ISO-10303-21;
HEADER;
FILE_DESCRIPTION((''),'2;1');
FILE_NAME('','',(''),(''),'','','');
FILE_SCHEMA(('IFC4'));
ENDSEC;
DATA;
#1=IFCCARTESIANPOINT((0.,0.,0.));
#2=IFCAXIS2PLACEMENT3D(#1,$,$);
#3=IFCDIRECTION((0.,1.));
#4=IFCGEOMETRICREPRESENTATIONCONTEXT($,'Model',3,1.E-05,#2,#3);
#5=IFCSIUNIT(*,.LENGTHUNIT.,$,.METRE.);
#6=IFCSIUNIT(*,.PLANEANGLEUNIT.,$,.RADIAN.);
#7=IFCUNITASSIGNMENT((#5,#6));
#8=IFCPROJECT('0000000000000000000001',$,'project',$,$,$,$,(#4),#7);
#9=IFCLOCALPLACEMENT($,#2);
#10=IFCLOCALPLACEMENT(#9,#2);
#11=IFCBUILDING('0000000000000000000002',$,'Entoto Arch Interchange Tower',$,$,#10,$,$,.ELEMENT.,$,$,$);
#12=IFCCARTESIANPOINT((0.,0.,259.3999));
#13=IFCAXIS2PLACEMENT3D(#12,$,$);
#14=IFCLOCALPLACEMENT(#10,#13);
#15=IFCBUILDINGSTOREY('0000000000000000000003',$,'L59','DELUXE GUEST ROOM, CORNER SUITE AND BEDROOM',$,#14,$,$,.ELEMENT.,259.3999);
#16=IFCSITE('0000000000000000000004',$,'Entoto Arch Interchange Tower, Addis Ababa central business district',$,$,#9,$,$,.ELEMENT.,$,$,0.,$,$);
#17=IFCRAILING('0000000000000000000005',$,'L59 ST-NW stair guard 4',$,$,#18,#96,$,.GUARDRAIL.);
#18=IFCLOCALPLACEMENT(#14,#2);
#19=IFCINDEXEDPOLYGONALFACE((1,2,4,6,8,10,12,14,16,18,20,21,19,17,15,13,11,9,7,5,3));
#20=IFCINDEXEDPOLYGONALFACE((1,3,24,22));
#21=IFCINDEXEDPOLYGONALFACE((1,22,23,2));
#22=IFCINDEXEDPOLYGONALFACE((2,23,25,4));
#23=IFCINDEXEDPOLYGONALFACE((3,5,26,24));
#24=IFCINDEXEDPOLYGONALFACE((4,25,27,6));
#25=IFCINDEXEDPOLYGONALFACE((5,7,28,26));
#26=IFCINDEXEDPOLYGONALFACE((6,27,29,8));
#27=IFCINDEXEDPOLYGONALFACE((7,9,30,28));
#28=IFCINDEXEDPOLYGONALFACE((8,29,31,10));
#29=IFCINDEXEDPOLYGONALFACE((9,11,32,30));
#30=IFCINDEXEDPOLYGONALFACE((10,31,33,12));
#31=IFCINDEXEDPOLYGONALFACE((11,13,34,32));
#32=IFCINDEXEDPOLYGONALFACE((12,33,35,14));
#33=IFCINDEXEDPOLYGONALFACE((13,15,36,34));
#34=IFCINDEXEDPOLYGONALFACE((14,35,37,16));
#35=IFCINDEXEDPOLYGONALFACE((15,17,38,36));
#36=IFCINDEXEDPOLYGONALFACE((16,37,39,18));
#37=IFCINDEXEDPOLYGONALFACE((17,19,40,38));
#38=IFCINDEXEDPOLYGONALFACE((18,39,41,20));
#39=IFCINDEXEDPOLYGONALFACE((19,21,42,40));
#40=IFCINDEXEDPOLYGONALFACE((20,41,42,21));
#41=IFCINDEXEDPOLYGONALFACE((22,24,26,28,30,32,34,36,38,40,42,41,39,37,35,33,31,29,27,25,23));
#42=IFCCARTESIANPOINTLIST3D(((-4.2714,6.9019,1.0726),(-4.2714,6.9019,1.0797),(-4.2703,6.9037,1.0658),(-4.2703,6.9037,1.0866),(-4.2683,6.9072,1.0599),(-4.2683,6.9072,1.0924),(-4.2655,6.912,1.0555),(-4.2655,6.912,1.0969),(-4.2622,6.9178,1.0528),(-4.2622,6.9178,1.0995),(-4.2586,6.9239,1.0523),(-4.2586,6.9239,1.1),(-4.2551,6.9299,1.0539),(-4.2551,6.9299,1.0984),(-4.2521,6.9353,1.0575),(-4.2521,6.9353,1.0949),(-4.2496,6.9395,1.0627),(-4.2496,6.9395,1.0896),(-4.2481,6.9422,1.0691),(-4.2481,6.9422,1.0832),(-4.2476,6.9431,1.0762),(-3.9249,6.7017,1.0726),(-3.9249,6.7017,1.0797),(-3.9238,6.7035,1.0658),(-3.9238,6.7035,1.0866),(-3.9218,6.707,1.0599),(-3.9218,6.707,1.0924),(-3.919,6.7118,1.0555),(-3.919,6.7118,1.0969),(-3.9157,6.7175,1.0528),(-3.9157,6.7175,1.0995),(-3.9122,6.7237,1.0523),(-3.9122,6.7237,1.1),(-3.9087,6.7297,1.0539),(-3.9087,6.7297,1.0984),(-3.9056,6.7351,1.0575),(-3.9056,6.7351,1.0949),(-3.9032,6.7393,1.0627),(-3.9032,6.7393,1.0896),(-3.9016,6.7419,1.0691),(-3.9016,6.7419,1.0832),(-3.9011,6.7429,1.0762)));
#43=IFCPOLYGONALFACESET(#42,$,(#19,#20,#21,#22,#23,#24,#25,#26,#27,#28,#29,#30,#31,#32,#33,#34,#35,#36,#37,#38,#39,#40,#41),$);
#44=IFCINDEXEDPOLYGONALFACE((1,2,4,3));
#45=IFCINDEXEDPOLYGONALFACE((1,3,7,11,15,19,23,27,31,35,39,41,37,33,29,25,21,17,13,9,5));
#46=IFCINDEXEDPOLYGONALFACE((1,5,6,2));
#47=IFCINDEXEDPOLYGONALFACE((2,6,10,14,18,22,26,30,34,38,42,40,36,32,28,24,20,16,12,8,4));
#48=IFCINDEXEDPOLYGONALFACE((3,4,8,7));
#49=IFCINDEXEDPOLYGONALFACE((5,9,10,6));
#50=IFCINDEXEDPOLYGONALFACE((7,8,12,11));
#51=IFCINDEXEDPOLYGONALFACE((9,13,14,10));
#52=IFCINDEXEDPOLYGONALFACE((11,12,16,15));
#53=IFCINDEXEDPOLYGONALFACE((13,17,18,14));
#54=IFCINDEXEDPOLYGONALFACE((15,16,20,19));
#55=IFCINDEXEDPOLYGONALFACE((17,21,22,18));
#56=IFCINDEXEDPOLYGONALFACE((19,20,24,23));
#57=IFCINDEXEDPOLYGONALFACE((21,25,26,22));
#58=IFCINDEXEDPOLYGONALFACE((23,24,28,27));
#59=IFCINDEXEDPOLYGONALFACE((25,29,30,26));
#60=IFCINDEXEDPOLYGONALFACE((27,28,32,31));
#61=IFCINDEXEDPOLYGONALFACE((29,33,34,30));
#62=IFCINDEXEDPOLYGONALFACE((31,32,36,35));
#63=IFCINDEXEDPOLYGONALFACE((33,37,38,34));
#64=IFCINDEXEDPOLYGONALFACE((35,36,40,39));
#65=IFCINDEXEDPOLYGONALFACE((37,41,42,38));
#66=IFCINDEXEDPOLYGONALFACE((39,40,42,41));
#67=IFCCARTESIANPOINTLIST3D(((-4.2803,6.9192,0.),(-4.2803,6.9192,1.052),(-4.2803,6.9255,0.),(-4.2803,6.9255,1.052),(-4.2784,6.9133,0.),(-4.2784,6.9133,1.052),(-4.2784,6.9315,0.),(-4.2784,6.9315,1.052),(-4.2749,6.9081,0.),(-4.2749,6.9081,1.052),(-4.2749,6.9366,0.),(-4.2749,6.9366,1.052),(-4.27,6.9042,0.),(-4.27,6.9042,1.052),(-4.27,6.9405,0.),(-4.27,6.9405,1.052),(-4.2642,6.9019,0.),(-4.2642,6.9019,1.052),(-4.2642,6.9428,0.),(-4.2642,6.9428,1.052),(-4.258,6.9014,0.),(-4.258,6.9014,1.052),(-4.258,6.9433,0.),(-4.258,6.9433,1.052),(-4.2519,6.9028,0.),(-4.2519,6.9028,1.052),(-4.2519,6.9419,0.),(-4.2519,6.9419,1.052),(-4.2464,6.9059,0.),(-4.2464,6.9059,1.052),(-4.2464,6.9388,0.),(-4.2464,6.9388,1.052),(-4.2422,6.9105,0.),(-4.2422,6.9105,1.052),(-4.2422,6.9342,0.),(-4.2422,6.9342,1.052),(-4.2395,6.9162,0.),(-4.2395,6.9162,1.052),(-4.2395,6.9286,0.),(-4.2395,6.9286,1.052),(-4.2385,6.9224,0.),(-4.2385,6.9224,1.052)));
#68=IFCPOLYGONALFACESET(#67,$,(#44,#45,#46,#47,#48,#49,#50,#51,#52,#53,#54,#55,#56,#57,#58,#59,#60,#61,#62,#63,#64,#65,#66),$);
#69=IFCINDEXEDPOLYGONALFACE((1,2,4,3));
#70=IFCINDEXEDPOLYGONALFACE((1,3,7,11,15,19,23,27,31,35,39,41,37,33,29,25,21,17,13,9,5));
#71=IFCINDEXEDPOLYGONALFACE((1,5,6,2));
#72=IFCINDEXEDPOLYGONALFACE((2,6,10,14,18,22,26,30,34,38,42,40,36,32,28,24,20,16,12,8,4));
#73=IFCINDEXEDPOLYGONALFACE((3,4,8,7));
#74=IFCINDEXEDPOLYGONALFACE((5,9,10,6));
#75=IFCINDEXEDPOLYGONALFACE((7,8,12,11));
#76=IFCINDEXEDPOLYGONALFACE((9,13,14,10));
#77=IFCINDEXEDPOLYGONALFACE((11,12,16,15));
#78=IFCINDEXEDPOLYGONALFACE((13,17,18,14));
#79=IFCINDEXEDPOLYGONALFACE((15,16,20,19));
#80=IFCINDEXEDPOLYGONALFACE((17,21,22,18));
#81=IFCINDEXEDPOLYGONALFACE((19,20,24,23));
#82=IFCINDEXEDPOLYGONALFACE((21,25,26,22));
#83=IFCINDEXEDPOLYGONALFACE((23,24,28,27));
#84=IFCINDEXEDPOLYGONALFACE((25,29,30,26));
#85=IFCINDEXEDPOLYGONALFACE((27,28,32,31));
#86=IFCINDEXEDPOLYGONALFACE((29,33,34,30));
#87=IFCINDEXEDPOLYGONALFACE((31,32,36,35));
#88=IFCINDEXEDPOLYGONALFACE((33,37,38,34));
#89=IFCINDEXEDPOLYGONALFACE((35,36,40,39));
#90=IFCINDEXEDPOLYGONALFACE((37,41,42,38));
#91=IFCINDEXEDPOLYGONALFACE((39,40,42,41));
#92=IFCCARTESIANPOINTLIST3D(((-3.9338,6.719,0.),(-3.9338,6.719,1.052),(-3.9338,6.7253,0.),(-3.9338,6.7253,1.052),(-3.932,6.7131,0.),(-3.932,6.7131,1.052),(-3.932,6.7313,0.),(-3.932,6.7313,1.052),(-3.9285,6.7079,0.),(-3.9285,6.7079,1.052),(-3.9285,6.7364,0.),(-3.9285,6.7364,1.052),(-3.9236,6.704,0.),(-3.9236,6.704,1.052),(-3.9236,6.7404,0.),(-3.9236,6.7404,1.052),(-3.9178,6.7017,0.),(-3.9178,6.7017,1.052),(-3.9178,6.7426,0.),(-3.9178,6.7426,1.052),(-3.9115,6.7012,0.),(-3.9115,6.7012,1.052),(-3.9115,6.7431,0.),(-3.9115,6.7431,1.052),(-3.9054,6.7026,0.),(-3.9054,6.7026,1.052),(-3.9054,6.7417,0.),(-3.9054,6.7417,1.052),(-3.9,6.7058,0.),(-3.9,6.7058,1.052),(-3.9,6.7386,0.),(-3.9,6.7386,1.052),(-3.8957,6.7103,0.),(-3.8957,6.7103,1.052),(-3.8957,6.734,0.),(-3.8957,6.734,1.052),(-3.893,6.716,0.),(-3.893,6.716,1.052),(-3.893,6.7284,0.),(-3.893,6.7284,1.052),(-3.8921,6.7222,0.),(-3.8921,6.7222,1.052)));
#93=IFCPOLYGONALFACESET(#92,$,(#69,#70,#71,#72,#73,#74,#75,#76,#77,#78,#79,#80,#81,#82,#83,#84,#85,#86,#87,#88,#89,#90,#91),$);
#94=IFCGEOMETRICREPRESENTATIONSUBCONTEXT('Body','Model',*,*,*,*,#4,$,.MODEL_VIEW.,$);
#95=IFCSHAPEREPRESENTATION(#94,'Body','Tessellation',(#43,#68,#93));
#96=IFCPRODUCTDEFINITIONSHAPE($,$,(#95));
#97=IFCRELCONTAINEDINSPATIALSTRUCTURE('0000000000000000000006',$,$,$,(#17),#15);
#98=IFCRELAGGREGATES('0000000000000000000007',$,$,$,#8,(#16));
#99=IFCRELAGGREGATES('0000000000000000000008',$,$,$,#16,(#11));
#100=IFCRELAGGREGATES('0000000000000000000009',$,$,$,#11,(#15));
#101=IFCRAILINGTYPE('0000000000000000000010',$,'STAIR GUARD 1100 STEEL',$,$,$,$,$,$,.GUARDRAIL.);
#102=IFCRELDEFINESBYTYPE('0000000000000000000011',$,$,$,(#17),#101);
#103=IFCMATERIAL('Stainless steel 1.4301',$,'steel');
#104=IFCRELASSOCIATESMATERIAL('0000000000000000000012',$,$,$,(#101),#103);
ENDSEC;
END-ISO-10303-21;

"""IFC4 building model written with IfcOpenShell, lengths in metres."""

from ifc_helpers import new_model, si_unit, direction, frame, origin, origin_2d, place, context, subcontext, project, spatial, circle, extrude, material, type_object, element, save


model = new_model("IFC4")

# Units and contexts
model_context = context("Model", 3, precision=1e-05, world=origin(), true_north=direction((0.0, 1.0)))
body_context = subcontext(model_context, "Body", "Model", "MODEL_VIEW")
ifc_project = project(units=[si_unit("LENGTHUNIT", "METRE"), si_unit("PLANEANGLEUNIT", "RADIAN")], contexts=[model_context])

# Site, building, storey
site_placement = place(None, origin())
site = spatial("IfcSite", under=ifc_project, at=site_placement, Name="Entoto Arch Interchange Tower, Addis Ababa central business district", CompositionType="ELEMENT", RefElevation=0.0)
building_placement = place(site_placement, origin())
building = spatial("IfcBuilding", under=site, at=building_placement, Name="Entoto Arch Interchange Tower", CompositionType="ELEMENT")
storey_placement = place(building_placement, frame((0.0, 0.0, 259.3999)))
storey = spatial("IfcBuildingStorey", under=building, at=storey_placement, Name="L59", Description="DELUXE GUEST ROOM, CORNER SUITE AND BEDROOM", CompositionType="ELEMENT", Elevation=259.3999)

# Railing
ifc_material_1 = material(Name="Stainless steel 1.4301", Category="steel")
railing_type_1 = type_object("IfcRailingType", Name="STAIR GUARD 1100 STEEL", PredefinedType="GUARDRAIL", material=ifc_material_1)
railing_1_placement = place(storey_placement, frame((-4.2595, 6.9224, 0.0)))
element("IfcRailing", 1, at=railing_1_placement, inside=storey, type_object=railing_type_1, Name="L59 ST-NW stair guard 4", PredefinedType="GUARDRAIL", context=body_context, shape_type="SweptSolid", body=[
    extrude(circle(Radius=0.0239, at=origin_2d()), frame((0.0, 0.0, 1.0762), z_axis=(0.86583, -0.500339, 0.0), x_axis=(0.500339, 0.86583, 0.0)), (0.0, 0.0, 1.0), 0.4001),
    extrude(circle(Radius=0.021, at=origin_2d()), origin(), (0.0, 0.0, 1.0), 1.052),
    extrude(circle(Radius=0.021, at=origin_2d()), frame((0.3464, -0.2002, 0.0)), (0.0, 0.0, 1.0), 1.052),
])

save(model, "model.ifc")
